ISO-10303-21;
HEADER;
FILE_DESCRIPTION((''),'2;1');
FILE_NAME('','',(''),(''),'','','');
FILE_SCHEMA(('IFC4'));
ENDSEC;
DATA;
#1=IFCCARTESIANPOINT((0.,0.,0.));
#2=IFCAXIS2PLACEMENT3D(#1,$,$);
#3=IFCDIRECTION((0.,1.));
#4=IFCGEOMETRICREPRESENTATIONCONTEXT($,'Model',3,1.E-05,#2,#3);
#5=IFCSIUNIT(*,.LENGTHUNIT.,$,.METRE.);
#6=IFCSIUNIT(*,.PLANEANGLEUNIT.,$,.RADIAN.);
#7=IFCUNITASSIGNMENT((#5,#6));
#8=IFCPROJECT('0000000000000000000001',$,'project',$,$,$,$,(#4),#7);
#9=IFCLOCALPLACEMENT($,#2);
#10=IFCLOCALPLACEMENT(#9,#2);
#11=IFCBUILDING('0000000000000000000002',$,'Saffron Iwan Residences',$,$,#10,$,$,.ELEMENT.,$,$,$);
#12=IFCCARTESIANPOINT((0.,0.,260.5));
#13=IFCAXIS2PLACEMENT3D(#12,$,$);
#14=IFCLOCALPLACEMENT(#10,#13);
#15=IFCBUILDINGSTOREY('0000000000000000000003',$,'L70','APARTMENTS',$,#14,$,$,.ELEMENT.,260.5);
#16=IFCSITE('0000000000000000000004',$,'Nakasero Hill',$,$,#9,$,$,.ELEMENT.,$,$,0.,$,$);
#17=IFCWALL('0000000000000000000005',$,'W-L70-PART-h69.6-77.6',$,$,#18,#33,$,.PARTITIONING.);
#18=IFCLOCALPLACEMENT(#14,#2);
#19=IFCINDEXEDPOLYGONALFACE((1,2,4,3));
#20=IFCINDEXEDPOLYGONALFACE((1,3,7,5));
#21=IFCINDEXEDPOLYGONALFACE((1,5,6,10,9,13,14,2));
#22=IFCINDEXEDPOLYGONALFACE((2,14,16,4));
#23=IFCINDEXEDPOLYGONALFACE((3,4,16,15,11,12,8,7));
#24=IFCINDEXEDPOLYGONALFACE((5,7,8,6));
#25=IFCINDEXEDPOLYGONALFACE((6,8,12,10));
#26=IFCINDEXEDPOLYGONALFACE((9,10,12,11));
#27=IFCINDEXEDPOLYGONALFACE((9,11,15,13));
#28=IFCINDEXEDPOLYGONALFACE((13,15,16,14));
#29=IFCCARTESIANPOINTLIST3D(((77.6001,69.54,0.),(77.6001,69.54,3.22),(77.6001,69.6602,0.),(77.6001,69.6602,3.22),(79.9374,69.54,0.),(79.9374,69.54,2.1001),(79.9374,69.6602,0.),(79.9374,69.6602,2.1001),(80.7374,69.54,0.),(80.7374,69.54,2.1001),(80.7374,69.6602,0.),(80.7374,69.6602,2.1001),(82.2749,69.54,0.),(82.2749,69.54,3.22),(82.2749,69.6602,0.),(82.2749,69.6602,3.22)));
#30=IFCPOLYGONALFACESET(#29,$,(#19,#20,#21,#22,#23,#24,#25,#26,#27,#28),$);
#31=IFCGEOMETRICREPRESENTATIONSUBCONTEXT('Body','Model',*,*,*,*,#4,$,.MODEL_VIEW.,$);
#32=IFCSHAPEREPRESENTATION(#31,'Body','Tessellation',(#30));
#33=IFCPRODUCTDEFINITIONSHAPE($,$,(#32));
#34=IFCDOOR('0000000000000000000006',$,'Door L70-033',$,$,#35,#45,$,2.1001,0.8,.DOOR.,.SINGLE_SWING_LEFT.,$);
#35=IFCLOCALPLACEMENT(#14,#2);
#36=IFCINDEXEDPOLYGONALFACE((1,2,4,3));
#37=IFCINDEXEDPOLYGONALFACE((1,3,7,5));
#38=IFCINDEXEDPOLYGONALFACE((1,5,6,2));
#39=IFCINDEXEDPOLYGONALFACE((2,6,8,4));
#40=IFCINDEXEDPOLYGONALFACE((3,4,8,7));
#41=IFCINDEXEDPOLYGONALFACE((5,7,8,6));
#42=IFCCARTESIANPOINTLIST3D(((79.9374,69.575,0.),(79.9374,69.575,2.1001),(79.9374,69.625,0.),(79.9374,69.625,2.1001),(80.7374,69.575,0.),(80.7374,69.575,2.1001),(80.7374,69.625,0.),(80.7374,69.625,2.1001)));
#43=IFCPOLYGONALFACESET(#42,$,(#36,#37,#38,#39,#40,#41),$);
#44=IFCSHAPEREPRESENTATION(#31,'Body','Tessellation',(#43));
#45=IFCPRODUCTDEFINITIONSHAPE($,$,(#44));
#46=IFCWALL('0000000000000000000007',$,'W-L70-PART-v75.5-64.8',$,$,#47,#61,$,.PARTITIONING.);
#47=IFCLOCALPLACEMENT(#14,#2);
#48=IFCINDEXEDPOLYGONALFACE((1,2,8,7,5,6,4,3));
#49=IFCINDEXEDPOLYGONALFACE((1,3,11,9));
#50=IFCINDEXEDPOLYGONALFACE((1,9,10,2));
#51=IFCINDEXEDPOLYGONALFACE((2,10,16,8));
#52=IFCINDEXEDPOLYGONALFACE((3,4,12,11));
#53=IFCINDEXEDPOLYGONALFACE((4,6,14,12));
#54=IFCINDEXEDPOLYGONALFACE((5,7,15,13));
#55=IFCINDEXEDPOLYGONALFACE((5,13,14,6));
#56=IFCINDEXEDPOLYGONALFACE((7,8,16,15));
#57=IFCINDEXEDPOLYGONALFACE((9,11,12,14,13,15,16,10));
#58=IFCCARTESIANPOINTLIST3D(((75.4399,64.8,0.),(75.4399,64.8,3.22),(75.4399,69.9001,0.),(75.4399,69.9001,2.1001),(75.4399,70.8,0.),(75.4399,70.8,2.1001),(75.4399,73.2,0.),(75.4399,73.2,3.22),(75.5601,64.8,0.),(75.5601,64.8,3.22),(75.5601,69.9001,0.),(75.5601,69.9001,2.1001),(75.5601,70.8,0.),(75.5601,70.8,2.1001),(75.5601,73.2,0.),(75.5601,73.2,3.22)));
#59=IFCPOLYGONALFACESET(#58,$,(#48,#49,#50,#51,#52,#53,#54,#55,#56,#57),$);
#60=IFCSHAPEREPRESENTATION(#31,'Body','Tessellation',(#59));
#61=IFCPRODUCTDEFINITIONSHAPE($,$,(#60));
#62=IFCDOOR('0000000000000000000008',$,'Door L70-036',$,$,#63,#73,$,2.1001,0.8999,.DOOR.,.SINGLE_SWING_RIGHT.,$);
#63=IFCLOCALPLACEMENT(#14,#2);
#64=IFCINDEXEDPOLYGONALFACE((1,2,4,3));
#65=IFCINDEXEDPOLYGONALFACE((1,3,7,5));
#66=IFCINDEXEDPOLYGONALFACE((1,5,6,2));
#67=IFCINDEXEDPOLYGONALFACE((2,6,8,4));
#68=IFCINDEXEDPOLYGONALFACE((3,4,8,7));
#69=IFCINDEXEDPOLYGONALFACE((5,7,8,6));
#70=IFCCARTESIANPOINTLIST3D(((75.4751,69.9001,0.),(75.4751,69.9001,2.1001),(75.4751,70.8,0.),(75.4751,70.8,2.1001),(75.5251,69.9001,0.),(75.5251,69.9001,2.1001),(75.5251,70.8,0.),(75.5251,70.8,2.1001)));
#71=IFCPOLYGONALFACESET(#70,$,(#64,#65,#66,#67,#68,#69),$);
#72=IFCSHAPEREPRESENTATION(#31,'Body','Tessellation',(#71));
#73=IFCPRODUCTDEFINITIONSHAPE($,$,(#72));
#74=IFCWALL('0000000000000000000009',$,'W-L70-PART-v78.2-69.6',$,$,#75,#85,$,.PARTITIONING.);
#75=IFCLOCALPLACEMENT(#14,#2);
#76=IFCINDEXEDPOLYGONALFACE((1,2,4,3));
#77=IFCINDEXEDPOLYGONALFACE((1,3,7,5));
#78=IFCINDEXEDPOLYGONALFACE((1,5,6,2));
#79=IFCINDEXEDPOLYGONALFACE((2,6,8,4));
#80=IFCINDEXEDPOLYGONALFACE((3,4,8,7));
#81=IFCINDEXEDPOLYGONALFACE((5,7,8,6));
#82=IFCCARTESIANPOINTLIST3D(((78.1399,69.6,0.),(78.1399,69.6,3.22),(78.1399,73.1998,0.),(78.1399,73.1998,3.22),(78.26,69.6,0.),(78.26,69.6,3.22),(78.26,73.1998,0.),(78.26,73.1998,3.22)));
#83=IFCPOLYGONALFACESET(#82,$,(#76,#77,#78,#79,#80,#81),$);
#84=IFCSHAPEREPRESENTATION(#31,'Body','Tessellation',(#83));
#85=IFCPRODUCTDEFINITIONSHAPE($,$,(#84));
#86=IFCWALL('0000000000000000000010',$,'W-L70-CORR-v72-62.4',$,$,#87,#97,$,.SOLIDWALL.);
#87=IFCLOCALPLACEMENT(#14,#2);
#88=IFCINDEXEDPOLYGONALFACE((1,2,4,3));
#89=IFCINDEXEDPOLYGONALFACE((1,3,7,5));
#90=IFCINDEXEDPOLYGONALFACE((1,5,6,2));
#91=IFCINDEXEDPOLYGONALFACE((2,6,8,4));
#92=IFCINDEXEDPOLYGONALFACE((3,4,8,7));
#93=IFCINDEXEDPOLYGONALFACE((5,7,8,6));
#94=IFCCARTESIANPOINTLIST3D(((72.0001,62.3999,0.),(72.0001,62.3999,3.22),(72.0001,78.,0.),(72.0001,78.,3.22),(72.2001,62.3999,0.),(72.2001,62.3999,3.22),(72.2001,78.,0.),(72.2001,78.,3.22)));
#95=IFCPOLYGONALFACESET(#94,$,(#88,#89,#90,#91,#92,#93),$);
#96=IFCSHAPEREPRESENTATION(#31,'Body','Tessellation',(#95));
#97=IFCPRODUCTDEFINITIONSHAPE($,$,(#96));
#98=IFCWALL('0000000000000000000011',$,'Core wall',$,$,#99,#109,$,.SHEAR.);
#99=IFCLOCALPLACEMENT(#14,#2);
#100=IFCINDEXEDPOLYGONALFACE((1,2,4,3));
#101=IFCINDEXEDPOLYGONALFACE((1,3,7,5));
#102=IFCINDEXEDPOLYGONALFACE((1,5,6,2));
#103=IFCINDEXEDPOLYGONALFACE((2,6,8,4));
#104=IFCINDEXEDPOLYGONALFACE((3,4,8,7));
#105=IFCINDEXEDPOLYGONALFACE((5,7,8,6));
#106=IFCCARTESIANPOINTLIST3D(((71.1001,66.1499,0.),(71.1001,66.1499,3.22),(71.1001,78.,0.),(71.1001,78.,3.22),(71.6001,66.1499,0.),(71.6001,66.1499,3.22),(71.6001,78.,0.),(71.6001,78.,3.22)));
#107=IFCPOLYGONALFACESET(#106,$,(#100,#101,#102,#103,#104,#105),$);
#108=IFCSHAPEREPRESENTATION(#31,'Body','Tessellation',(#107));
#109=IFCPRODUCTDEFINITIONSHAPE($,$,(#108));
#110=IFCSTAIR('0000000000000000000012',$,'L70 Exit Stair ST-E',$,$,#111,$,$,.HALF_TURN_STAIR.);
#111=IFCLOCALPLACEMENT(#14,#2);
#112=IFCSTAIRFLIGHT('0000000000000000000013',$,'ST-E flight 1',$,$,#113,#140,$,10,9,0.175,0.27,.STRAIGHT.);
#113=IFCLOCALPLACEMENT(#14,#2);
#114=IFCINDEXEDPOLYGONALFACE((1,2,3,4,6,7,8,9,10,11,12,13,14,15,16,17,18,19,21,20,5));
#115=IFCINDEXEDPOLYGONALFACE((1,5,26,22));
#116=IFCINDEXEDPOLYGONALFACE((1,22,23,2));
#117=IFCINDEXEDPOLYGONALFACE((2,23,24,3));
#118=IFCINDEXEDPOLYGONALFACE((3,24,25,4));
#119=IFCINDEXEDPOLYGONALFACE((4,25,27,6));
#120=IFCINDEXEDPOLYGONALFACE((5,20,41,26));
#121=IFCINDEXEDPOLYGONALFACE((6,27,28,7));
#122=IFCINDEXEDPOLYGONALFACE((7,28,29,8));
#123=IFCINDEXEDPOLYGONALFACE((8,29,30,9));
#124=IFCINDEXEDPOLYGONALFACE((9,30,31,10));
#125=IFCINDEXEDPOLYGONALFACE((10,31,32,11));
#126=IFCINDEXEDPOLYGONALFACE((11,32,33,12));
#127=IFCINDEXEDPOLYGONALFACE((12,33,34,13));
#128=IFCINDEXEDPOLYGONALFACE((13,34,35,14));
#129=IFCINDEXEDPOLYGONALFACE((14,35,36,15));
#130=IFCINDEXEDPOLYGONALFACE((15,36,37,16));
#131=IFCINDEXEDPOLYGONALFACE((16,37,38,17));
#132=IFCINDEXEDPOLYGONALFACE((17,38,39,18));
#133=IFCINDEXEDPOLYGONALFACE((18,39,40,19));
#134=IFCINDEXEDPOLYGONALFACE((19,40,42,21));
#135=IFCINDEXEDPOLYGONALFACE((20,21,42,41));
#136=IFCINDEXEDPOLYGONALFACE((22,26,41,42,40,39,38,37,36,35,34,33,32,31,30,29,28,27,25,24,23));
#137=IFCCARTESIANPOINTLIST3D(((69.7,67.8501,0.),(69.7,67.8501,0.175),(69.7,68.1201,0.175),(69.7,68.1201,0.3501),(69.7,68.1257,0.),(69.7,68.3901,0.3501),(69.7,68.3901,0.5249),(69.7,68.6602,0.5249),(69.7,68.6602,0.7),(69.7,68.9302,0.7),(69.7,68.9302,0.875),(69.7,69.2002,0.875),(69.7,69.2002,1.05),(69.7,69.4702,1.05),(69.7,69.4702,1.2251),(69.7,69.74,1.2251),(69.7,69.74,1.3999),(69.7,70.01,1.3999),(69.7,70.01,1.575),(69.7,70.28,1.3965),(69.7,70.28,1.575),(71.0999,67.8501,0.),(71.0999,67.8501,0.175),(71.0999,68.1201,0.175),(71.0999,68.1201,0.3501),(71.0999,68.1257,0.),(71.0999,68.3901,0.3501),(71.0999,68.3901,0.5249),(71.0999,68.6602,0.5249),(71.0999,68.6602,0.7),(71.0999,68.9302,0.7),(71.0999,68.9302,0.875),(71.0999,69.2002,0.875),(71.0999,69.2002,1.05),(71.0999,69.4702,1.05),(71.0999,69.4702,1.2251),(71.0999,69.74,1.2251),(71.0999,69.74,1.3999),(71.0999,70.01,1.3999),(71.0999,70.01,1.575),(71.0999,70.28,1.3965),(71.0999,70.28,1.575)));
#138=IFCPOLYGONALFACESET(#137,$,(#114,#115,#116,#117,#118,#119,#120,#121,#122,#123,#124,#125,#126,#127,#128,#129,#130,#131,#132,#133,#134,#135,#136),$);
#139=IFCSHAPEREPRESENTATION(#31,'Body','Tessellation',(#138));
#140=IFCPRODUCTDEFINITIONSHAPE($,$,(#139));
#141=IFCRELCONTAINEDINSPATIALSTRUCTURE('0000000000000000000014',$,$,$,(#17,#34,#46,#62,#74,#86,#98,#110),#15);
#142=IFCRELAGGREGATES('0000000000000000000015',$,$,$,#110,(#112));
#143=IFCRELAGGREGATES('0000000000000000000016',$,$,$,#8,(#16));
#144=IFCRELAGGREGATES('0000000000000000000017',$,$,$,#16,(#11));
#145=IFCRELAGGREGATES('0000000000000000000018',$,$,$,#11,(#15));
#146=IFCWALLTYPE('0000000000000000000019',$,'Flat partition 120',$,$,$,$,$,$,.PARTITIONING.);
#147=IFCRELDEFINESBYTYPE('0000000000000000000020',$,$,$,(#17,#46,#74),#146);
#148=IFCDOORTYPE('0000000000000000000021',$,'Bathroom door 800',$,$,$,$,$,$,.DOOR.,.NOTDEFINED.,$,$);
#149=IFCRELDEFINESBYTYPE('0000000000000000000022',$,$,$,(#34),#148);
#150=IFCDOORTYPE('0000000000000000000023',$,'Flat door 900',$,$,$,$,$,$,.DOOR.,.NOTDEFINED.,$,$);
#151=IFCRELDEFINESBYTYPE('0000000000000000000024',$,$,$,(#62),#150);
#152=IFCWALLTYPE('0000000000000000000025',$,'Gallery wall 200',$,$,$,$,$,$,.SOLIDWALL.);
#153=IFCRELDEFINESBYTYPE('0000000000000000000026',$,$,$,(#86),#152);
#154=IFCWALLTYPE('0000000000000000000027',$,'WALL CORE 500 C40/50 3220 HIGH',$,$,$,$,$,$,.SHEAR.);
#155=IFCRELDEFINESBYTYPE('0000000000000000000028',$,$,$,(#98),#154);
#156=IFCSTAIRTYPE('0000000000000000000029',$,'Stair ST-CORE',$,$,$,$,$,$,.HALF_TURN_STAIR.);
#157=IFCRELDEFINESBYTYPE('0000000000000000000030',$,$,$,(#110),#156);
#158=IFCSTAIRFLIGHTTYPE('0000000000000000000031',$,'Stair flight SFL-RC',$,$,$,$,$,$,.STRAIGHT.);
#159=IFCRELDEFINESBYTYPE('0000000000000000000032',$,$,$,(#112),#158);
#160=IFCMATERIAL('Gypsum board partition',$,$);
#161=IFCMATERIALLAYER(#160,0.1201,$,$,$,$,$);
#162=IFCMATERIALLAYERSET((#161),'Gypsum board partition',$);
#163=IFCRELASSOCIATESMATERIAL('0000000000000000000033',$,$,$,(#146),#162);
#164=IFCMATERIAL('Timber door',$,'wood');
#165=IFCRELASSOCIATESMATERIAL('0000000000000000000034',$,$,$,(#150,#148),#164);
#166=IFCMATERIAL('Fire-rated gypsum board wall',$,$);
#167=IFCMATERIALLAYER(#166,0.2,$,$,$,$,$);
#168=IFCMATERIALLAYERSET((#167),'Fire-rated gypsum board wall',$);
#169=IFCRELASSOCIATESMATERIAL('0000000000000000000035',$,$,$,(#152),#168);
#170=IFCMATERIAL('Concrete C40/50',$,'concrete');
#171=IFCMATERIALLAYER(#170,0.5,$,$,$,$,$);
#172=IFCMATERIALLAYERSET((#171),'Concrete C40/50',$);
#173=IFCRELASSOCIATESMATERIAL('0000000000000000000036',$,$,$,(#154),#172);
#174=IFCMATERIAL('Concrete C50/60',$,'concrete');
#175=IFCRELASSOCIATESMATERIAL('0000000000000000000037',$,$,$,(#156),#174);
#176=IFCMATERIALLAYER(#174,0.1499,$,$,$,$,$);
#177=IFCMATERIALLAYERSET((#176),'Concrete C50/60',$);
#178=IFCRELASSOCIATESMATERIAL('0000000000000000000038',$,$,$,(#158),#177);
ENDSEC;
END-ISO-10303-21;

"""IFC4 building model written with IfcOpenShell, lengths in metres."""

from ifc_helpers import new_model, si_unit, direction, frame, frame_2d, origin, place, context, subcontext, project, spatial, polyline, rectangle, outline, extrude, material, layer, layer_set, type_object, element, fill, aggregate, save


model = new_model("IFC4")

# Units and contexts
model_context = context("Model", 3, precision=1e-05, world=origin(), true_north=direction((0.0, 1.0)))
body_context = subcontext(model_context, "Body", "Model", "MODEL_VIEW")
ifc_project = project(units=[si_unit("LENGTHUNIT", "METRE"), si_unit("PLANEANGLEUNIT", "RADIAN")], contexts=[model_context])

# Site, building, storey
site_placement = place(None, origin())
site = spatial("IfcSite", under=ifc_project, at=site_placement, Name="Nakasero Hill", CompositionType="ELEMENT", RefElevation=0.0)
building_placement = place(site_placement, origin())
building = spatial("IfcBuilding", under=site, at=building_placement, Name="Saffron Iwan Residences", CompositionType="ELEMENT")
storey_placement = place(building_placement, frame((0.0, 0.0, 260.5)))
storey = spatial("IfcBuildingStorey", under=building, at=storey_placement, Name="L70", Description="APARTMENTS", CompositionType="ELEMENT", Elevation=260.5)

# Shared definitions
ifc_material_1 = material(Name="Concrete C40/50", Category="concrete")

# Shared definitions
ifc_material_2 = material(Name="Fire-rated gypsum board wall")

# Shared definitions
ifc_material_3 = material(Name="Gypsum board partition")
ifc_layer_1 = layer(ifc_material_3, 0.1201)
ifc_layer_set_1 = layer_set([ifc_layer_1], Name="Gypsum board partition")
wall_type_1 = type_object("IfcWallType", Name="Flat partition 120", PredefinedType="PARTITIONING", material=ifc_layer_set_1)
ifc_material_4 = material(Name="Timber door", Category="wood")
door_type_1 = type_object("IfcDoorType", Name="Flat door 900", OperationType="NOTDEFINED", PredefinedType="DOOR", material=ifc_material_4)

# Walls, openings, doors
wall_1_placement = place(storey_placement, frame((77.6001, 69.6001, 0.0), z_axis=(0.0, 0.0, 1.0), x_axis=(1.0, 0.0, 0.0)))
wall_1 = element("IfcWall", 1, at=wall_1_placement, inside=storey, type_object=wall_type_1, Name="W-L70-PART-h69.6-77.6", PredefinedType="PARTITIONING", context=body_context, shape_type="SweptSolid", body=[
    extrude(rectangle(XDim=4.6748, YDim=0.1201, at=frame_2d((2.3374, 0.0))), origin(), (0.0, 0.0, 1.0), 3.22),
])
opening_1_placement = place(wall_1_placement, frame((2.3374, 0.0, 0.0)))
opening_1 = element("IfcOpeningElement", 2, at=opening_1_placement, cuts=wall_1, PredefinedType="OPENING", context=body_context, shape_type="SweptSolid", body=[
    extrude(rectangle(XDim=0.8, YDim=2.1001, at=frame_2d((0.3999, 1.05))), frame((0.0, 0.0701, 0.0), z_axis=(0.0, -1.0, 0.0), x_axis=(1.0, 0.0, 0.0)), (0.0, 0.0, 1.0), 0.1401),
])
door_type_2 = type_object("IfcDoorType", Name="Bathroom door 800", OperationType="NOTDEFINED", PredefinedType="DOOR", material=ifc_material_4)
door_1_placement = place(opening_1_placement, origin())
door_1 = element("IfcDoor", 3, at=door_1_placement, inside=storey, type_object=door_type_2, Name="Door L70-033", OperationType="SINGLE_SWING_LEFT", OverallHeight=2.1001, OverallWidth=0.8, PredefinedType="DOOR", context=body_context, shape_type="SweptSolid", body=[
    extrude(rectangle(XDim=0.8, YDim=2.1001, at=frame_2d((0.3999, 1.05))), frame((0.0, 0.0249, 0.0), z_axis=(0.0, -1.0, 0.0), x_axis=(1.0, 0.0, 0.0)), (0.0, 0.0, 1.0), 0.05),
])
fill(opening_1, door_1)
wall_2_placement = place(storey_placement, frame((75.5, 64.8, 0.0), z_axis=(0.0, 0.0, 1.0), x_axis=(0.0, 1.0, 0.0)))
wall_2 = element("IfcWall", 4, at=wall_2_placement, inside=storey, type_object=wall_type_1, Name="W-L70-PART-v75.5-64.8", PredefinedType="PARTITIONING", context=body_context, shape_type="SweptSolid", body=[
    extrude(rectangle(XDim=8.3999, YDim=0.1201, at=frame_2d((4.2, 0.0))), origin(), (0.0, 0.0, 1.0), 3.22),
])
opening_2_placement = place(wall_2_placement, frame((5.1001, 0.0, 0.0)))
opening_2 = element("IfcOpeningElement", 5, at=opening_2_placement, cuts=wall_2, PredefinedType="OPENING", context=body_context, shape_type="SweptSolid", body=[
    extrude(rectangle(XDim=0.8999, YDim=2.1001, at=frame_2d((0.45, 1.05))), frame((0.0, 0.0701, 0.0), z_axis=(0.0, -1.0, 0.0), x_axis=(1.0, 0.0, 0.0)), (0.0, 0.0, 1.0), 0.1401),
])
door_2_placement = place(opening_2_placement, origin())
door_2 = element("IfcDoor", 6, at=door_2_placement, inside=storey, type_object=door_type_1, Name="Door L70-036", OperationType="SINGLE_SWING_RIGHT", OverallHeight=2.1001, OverallWidth=0.8999, PredefinedType="DOOR", context=body_context, shape_type="SweptSolid", body=[
    extrude(rectangle(XDim=0.8999, YDim=2.1001, at=frame_2d((0.45, 1.05))), frame((0.0, 0.0249, 0.0), z_axis=(0.0, -1.0, 0.0), x_axis=(1.0, 0.0, 0.0)), (0.0, 0.0, 1.0), 0.05),
])
fill(opening_2, door_2)

# Walls
wall_3_placement = place(storey_placement, frame((78.2, 69.6001, 0.0), z_axis=(0.0, 0.0, 1.0), x_axis=(0.0, 1.0, 0.0)))
element("IfcWall", 7, at=wall_3_placement, inside=storey, type_object=wall_type_1, Name="W-L70-PART-v78.2-69.6", PredefinedType="PARTITIONING", context=body_context, shape_type="SweptSolid", body=[
    extrude(rectangle(XDim=3.5999, YDim=0.1201, at=frame_2d((1.7998, 0.0))), origin(), (0.0, 0.0, 1.0), 3.22),
])
ifc_layer_2 = layer(ifc_material_2, 0.2)
ifc_layer_set_2 = layer_set([ifc_layer_2], Name="Fire-rated gypsum board wall")
wall_type_2 = type_object("IfcWallType", Name="Gallery wall 200", PredefinedType="SOLIDWALL", material=ifc_layer_set_2)
wall_4_placement = place(storey_placement, frame((72.1001, 62.3999, 0.0), z_axis=(0.0, 0.0, 1.0), x_axis=(0.0, 1.0, 0.0)))
element("IfcWall", 8, at=wall_4_placement, inside=storey, type_object=wall_type_2, Name="W-L70-CORR-v72-62.4", PredefinedType="SOLIDWALL", context=body_context, shape_type="SweptSolid", body=[
    extrude(rectangle(XDim=15.6001, YDim=0.2, at=frame_2d((7.8, 0.0))), origin(), (0.0, 0.0, 1.0), 3.22),
])
ifc_layer_3 = layer(ifc_material_1, 0.5)
ifc_layer_set_3 = layer_set([ifc_layer_3], Name="Concrete C40/50")
wall_type_3 = type_object("IfcWallType", Name="WALL CORE 500 C40/50 3220 HIGH", PredefinedType="SHEAR", material=ifc_layer_set_3)
wall_5_placement = place(storey_placement, frame((71.3501, 66.1499, 0.0), z_axis=(0.0, 0.0, 1.0), x_axis=(0.0, 1.0, 0.0)))
element("IfcWall", 9, at=wall_5_placement, inside=storey, type_object=wall_type_3, Name="Core wall", PredefinedType="SHEAR", context=body_context, shape_type="SweptSolid", body=[
    extrude(rectangle(XDim=11.8501, YDim=0.5, at=frame_2d((5.925, 0.0))), origin(), (0.0, 0.0, 1.0), 3.22),
])

# Stair, stair flight
ifc_material_5 = material(Name="Concrete C50/60", Category="concrete")
stair_type = type_object("IfcStairType", Name="Stair ST-CORE", PredefinedType="HALF_TURN_STAIR", material=ifc_material_5)
stair_placement = place(storey_placement, origin())
stair = element("IfcStair", 10, at=stair_placement, inside=storey, type_object=stair_type, Name="L70 Exit Stair ST-E", PredefinedType="HALF_TURN_STAIR")
ifc_layer_4 = layer(ifc_material_5, 0.1499)
ifc_layer_set_4 = layer_set([ifc_layer_4], Name="Concrete C50/60")
stair_flight_type = type_object("IfcStairFlightType", Name="Stair flight SFL-RC", PredefinedType="STRAIGHT", material=ifc_layer_set_4)
stair_flight_placement = place(storey_placement, frame((70.3999, 67.8501, 0.0), z_axis=(0.0, 0.0, 1.0), x_axis=(0.0, 1.0, 0.0)))
stair_flight = element("IfcStairFlight", 11, at=stair_flight_placement, type_object=stair_flight_type, Name="ST-E flight 1", NumberOfRisers=10, NumberOfTreads=9, PredefinedType="STRAIGHT", RiserHeight=0.175, TreadLength=0.27, context=body_context, shape_type="SweptSolid", body=[
    extrude(outline(polyline([(0.0, 0.0), (0.0, 0.175), (0.27, 0.175), (0.27, 0.3501), (0.54, 0.3501), (0.54, 0.5249), (0.8101, 0.5249), (0.8101, 0.7), (1.0801, 0.7), (1.0801, 0.875), (1.3501, 0.875), (1.3501, 1.05), (1.6201, 1.05), (1.6201, 1.2251), (1.8899, 1.2251), (1.8899, 1.3999), (2.1599, 1.3999), (2.1599, 1.575), (2.4299, 1.575), (2.4299, 1.75), (2.4299, 1.3965), (0.2756, 0.0), (0.0, 0.0)])), frame((0.0, 0.7, 0.0), z_axis=(0.0, -1.0, 0.0), x_axis=(1.0, 0.0, 0.0)), (0.0, 0.0, 1.0), 1.3999),
])
aggregate(stair, [stair_flight])

save(model, "model.ifc")
